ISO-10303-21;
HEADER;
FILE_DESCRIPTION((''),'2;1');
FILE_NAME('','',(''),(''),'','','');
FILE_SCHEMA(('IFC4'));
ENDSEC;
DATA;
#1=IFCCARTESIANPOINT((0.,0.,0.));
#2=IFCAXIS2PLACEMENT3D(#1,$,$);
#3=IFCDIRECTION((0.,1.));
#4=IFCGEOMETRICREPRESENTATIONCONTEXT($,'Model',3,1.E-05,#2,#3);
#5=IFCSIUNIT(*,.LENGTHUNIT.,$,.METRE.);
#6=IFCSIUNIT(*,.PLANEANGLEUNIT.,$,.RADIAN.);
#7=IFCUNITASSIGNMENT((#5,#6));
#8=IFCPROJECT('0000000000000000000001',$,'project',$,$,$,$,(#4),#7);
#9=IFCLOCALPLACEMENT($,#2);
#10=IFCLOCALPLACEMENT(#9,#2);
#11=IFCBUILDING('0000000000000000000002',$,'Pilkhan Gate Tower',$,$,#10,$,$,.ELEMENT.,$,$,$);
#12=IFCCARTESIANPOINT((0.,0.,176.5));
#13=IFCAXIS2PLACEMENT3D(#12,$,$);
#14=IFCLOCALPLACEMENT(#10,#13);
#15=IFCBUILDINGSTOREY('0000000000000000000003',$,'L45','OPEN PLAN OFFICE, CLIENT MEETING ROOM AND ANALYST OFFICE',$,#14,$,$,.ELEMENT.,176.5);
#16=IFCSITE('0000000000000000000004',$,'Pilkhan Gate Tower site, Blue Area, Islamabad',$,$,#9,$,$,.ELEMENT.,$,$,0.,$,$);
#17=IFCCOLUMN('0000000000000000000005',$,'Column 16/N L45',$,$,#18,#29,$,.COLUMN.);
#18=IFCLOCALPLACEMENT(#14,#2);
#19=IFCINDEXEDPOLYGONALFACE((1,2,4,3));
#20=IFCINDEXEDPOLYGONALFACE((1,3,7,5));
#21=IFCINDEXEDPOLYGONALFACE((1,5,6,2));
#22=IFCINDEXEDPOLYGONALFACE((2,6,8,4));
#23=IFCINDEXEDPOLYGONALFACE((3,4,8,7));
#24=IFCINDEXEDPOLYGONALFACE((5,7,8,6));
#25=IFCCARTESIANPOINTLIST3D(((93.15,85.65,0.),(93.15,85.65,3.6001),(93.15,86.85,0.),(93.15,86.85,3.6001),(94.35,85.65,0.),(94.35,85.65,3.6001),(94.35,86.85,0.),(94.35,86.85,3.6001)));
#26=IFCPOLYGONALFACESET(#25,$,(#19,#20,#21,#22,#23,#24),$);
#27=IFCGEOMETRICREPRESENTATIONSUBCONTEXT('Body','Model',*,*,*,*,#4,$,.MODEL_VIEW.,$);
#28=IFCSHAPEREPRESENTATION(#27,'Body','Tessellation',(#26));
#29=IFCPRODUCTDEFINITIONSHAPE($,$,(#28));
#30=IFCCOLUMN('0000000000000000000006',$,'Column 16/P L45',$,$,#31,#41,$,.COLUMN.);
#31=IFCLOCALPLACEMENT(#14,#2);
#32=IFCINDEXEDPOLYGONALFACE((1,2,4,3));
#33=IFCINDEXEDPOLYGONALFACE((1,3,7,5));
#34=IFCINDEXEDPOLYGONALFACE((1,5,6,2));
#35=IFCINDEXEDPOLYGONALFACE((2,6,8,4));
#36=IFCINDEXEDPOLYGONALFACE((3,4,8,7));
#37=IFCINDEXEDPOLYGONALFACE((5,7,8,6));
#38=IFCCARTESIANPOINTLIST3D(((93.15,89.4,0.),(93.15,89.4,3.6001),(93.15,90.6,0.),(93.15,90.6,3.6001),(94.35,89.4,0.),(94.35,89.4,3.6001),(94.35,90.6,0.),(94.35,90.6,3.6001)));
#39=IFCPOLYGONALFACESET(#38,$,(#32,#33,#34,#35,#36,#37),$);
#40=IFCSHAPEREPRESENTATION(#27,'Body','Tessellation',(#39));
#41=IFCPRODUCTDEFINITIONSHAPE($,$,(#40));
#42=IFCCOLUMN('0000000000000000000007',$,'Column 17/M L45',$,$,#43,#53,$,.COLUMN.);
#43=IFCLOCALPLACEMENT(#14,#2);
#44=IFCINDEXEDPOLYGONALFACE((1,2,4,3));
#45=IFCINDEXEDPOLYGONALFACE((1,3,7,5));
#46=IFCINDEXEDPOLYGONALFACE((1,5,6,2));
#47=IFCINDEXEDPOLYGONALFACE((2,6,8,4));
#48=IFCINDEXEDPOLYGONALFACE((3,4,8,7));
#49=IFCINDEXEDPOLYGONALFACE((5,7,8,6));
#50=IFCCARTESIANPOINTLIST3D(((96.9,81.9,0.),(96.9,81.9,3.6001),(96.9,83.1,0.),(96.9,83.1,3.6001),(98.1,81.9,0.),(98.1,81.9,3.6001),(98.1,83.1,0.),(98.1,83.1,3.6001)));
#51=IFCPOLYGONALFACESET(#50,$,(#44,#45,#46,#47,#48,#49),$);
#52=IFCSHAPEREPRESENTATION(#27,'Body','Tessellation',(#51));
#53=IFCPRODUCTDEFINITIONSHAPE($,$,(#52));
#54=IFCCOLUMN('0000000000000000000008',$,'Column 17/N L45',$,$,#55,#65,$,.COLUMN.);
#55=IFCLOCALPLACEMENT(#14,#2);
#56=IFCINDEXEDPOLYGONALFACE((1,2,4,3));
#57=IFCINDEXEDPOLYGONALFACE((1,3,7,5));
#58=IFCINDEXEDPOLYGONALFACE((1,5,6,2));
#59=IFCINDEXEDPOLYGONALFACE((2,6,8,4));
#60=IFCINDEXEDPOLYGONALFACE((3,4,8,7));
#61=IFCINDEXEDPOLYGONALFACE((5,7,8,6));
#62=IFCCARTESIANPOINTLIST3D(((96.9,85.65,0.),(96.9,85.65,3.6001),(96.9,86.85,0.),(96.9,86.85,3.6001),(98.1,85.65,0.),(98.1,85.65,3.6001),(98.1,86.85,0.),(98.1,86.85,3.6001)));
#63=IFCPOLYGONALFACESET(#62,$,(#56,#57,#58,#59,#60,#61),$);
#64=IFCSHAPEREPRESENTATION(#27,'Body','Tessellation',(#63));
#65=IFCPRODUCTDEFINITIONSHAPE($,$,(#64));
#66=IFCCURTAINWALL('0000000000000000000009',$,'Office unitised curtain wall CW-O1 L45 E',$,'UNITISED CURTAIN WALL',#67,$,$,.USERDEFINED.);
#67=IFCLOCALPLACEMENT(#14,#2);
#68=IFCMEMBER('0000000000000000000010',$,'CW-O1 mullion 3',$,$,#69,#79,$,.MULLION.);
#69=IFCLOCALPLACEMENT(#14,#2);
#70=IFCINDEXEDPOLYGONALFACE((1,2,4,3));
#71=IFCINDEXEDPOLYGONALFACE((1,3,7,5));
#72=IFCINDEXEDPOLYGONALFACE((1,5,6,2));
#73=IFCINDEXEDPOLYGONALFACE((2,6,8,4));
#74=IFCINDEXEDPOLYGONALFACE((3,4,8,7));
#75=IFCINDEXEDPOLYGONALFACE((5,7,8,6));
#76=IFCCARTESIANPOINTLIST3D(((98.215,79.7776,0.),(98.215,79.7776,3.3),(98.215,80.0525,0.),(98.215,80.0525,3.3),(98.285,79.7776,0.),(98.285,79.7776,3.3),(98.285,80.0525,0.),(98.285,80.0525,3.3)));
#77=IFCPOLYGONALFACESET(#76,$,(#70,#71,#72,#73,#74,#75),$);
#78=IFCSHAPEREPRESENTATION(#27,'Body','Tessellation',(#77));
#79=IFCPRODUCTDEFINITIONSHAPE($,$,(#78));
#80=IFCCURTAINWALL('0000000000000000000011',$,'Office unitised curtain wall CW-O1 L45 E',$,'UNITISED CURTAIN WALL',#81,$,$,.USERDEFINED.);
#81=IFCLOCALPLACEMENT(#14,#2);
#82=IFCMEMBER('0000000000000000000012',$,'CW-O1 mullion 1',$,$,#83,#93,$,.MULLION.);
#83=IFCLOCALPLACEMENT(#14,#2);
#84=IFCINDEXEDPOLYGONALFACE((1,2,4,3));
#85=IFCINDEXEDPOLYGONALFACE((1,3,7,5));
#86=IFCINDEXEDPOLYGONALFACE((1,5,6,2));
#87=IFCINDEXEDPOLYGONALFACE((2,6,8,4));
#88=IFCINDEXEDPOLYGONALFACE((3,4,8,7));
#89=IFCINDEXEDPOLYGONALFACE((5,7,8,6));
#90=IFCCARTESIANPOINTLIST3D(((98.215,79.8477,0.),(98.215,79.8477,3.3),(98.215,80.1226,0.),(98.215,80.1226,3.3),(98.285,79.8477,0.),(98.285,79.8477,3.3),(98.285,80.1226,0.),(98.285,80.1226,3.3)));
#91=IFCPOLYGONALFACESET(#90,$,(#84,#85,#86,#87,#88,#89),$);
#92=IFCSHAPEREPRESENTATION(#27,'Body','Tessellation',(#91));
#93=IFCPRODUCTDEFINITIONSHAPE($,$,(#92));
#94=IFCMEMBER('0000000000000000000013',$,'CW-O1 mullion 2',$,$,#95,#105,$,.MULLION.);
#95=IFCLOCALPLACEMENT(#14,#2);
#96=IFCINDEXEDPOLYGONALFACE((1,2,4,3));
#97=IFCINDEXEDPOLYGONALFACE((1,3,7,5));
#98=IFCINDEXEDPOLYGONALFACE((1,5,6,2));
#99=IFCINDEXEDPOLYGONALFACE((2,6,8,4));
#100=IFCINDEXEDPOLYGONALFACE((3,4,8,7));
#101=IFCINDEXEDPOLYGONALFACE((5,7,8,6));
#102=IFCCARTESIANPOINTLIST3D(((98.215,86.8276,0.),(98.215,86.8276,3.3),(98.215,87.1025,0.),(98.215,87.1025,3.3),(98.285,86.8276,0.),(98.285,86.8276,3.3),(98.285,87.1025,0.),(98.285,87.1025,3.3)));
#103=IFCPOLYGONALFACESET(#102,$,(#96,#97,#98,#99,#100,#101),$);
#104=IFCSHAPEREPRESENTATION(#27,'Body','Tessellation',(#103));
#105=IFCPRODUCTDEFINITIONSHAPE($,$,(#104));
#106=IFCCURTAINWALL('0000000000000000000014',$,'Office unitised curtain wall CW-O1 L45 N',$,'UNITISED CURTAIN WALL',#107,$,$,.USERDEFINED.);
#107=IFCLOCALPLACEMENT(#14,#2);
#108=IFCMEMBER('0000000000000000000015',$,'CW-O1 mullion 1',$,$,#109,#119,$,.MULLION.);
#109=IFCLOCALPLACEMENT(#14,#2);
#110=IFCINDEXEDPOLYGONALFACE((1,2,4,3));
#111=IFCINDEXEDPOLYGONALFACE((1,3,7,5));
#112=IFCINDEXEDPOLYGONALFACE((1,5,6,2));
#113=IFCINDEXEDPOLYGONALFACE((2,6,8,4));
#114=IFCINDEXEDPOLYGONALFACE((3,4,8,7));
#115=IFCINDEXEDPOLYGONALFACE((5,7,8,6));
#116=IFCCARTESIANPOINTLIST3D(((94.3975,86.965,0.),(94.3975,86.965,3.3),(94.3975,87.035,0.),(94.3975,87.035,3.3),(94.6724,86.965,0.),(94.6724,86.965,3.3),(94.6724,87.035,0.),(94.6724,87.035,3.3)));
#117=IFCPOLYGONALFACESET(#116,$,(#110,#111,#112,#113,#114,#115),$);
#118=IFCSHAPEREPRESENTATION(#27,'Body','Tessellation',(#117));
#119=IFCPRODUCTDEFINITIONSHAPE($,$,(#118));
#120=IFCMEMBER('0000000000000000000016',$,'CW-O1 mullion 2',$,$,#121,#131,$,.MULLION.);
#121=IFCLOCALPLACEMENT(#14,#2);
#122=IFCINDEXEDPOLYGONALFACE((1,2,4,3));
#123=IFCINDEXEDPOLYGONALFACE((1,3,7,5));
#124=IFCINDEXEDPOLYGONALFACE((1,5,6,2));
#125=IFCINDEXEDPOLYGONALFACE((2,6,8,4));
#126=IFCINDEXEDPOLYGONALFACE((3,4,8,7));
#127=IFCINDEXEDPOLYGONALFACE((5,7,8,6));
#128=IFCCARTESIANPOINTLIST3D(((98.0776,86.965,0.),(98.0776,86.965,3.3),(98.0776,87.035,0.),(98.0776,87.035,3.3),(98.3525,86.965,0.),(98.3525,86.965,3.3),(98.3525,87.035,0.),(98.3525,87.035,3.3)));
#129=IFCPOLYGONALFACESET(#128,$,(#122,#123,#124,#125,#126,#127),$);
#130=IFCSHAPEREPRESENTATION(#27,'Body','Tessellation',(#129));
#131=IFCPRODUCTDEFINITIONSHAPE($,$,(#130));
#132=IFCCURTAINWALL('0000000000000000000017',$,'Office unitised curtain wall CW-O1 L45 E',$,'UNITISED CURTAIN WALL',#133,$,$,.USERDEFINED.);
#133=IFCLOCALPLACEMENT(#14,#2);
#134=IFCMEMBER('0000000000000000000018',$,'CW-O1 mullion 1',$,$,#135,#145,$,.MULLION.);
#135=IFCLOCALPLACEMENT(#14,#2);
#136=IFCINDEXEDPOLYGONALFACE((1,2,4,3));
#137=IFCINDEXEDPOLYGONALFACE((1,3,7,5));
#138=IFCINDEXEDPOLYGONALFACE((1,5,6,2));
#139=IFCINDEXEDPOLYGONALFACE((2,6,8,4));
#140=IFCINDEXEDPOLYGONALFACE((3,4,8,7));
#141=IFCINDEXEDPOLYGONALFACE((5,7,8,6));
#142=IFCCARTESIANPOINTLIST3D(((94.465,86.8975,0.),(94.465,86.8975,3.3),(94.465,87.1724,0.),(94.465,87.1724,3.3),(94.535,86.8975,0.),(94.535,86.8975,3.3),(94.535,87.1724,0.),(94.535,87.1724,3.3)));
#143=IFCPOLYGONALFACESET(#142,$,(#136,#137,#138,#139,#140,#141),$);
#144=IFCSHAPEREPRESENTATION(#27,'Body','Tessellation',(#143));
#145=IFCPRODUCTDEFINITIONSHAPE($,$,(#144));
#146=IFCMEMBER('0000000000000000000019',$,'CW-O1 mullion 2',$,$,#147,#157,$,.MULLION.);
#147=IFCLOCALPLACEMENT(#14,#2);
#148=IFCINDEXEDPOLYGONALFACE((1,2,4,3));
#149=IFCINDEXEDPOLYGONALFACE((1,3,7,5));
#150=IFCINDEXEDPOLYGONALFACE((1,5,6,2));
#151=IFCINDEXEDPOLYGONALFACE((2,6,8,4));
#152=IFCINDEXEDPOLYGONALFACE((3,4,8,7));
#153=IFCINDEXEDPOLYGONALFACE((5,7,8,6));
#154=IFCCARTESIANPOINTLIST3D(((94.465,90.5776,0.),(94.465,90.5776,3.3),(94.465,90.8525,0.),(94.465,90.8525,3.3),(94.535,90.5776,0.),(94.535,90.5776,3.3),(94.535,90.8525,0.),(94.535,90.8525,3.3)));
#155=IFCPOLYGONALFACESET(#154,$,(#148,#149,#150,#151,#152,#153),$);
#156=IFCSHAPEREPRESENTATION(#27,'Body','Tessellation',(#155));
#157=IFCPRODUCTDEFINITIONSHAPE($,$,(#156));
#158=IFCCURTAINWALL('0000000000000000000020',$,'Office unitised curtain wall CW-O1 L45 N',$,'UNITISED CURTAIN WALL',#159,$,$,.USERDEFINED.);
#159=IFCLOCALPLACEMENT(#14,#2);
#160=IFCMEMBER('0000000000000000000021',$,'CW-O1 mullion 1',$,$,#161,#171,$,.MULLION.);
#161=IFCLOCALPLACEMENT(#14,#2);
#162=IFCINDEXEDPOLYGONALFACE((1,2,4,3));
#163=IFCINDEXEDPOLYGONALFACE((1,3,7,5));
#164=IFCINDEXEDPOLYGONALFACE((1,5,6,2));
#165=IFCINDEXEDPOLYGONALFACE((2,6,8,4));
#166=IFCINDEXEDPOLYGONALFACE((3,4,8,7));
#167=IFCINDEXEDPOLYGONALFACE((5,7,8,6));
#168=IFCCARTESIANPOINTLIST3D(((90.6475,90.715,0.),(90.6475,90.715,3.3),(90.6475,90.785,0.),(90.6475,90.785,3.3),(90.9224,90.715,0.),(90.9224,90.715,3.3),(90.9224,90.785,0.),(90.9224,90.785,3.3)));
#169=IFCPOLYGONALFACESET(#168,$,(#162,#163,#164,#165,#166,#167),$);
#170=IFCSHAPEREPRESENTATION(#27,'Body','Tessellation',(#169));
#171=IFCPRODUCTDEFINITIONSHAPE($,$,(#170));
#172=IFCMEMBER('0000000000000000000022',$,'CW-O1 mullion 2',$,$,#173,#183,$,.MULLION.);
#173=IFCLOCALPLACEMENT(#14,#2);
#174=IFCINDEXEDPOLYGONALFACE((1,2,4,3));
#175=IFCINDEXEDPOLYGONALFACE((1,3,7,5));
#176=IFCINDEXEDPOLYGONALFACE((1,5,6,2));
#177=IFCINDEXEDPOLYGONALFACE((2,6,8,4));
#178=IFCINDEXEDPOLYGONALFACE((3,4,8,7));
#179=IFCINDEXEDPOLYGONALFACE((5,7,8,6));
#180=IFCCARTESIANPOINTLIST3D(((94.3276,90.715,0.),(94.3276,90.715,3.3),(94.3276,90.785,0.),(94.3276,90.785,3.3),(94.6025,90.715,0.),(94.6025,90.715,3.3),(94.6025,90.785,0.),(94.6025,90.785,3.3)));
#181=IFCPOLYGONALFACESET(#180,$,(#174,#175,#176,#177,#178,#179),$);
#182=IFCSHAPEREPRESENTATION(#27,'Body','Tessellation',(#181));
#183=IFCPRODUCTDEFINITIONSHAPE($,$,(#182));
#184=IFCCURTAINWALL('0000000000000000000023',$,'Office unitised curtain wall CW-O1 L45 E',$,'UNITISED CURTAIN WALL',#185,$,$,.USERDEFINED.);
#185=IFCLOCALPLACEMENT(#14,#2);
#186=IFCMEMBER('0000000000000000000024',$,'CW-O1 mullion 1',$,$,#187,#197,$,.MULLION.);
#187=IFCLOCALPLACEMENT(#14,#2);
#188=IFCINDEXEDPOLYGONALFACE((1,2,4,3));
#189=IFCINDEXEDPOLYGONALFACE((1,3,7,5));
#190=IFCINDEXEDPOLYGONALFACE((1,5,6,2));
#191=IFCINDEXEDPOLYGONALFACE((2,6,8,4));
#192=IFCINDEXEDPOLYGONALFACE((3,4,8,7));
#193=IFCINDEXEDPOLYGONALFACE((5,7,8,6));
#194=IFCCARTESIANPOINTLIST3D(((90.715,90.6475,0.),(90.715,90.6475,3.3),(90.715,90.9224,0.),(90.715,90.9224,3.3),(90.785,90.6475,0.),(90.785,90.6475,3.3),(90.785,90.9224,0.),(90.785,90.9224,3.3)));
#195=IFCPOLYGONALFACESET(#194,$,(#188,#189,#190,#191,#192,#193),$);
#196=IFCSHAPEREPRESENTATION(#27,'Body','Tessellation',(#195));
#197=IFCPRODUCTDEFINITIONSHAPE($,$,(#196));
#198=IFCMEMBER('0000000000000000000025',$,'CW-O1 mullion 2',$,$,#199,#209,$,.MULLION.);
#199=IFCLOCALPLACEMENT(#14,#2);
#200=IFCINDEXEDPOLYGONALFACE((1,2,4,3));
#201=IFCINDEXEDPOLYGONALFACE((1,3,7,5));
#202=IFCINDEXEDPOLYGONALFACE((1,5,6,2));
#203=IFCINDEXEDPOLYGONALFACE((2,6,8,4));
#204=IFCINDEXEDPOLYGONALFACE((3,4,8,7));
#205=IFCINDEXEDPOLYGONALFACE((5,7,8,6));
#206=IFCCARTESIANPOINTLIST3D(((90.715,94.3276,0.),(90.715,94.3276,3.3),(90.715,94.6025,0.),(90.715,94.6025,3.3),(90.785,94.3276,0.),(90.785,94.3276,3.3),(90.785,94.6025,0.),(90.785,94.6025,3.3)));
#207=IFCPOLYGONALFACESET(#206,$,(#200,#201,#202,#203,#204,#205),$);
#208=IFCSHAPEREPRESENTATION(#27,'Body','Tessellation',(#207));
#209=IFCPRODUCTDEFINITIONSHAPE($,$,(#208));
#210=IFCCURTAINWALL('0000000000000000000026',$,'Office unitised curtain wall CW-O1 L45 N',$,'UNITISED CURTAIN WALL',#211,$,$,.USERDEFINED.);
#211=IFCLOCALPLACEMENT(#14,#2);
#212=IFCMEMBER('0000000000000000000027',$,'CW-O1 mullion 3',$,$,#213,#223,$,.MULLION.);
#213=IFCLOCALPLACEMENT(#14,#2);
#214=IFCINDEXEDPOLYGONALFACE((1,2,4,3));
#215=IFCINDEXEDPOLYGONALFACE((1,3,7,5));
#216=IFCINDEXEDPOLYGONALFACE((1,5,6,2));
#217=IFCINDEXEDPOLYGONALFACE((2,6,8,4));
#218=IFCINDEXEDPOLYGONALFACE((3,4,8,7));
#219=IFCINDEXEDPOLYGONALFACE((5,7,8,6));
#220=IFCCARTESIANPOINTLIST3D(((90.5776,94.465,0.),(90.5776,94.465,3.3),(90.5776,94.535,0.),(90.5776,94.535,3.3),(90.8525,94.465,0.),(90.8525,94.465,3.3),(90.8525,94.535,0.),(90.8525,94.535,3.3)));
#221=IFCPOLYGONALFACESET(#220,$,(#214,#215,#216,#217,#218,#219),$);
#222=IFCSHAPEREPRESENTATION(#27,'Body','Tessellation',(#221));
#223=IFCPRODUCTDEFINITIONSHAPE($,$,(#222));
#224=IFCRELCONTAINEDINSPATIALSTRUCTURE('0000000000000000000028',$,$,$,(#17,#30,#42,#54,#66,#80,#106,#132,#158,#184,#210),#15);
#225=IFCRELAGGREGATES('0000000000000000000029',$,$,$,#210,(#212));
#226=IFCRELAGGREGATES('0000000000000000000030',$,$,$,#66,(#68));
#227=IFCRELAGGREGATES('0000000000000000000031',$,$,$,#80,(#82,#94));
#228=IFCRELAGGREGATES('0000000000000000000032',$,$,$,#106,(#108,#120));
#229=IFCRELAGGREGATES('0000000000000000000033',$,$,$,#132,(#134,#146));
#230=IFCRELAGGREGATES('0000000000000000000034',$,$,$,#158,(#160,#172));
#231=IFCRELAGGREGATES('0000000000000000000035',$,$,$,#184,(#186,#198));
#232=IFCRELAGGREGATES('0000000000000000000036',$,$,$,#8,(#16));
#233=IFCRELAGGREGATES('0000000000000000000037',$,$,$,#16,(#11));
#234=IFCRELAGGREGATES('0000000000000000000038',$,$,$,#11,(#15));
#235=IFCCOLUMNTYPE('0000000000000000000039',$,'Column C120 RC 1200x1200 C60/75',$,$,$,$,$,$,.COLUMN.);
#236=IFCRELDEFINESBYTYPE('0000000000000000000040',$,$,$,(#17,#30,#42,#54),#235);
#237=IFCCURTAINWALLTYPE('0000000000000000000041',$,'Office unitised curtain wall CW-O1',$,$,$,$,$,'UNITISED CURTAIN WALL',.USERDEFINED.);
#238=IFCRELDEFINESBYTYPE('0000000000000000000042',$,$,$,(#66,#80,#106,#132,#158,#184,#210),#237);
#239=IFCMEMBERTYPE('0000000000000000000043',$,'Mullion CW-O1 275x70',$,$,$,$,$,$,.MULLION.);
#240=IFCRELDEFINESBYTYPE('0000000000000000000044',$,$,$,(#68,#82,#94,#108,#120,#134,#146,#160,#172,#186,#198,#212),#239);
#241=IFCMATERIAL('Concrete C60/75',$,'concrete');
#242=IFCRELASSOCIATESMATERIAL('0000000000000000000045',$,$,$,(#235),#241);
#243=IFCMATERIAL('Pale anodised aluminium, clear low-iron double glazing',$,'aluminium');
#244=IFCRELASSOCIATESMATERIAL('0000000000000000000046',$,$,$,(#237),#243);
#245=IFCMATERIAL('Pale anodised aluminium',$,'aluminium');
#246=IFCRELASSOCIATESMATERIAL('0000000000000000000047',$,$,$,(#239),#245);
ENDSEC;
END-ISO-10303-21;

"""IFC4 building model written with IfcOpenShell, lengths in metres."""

from ifc_helpers import new_model, si_unit, direction, frame, origin, origin_2d, place, context, subcontext, project, spatial, rectangle, extrude, material, material_profile, profile_set, type_object, element, aggregate, save


model = new_model("IFC4")

# Units and contexts
model_context = context("Model", 3, precision=1e-05, world=origin(), true_north=direction((0.0, 1.0)))
body_context = subcontext(model_context, "Body", "Model", "MODEL_VIEW")
ifc_project = project(units=[si_unit("LENGTHUNIT", "METRE"), si_unit("PLANEANGLEUNIT", "RADIAN")], contexts=[model_context])

# Site, building, storey
site_placement = place(None, origin())
site = spatial("IfcSite", under=ifc_project, at=site_placement, Name="Pilkhan Gate Tower site, Blue Area, Islamabad", CompositionType="ELEMENT", RefElevation=0.0)
building_placement = place(site_placement, origin())
building = spatial("IfcBuilding", under=site, at=building_placement, Name="Pilkhan Gate Tower", CompositionType="ELEMENT")
storey_placement = place(building_placement, frame((0.0, 0.0, 176.5)))
storey = spatial("IfcBuildingStorey", under=building, at=storey_placement, Name="L45", Description="OPEN PLAN OFFICE, CLIENT MEETING ROOM AND ANALYST OFFICE", CompositionType="ELEMENT", Elevation=176.5)

# Columns
ifc_material_1 = material(Name="Concrete C60/75", Category="concrete")
ifc_material_profile_1 = material_profile(ifc_material_1, rectangle(XDim=1.2, YDim=1.2, at=origin_2d()), Name="RC 1200x1200")
ifc_profile_set_1 = profile_set([ifc_material_profile_1], Name="Concrete C60/75")
column_type = type_object("IfcColumnType", Name="Column C120 RC 1200x1200 C60/75", PredefinedType="COLUMN", material=ifc_profile_set_1)
for number, where, z_axis, x_axis, name in (
    (1, (93.75, 86.25, 0.0), (0.0, 0.0, 1.0), (1.0, 0.0, 0.0), "Column 16/N L45"),
    (2, (93.75, 90.0, 0.0), (0.0, 0.0, 1.0), (1.0, 0.0, 0.0), "Column 16/P L45"),
    (3, (97.5, 82.5, 0.0), (0.0, 0.0, 1.0), (1.0, 0.0, 0.0), "Column 17/M L45"),
    (4, (97.5, 86.25, 0.0), (0.0, 0.0, 1.0), (1.0, 0.0, 0.0), "Column 17/N L45"),
):
    element("IfcColumn", number, at=place(storey_placement, frame(where, z_axis=z_axis, x_axis=x_axis)), inside=storey, type_object=column_type, Name=name, PredefinedType="COLUMN", context=body_context, shape_type="SweptSolid", body=[
        extrude(rectangle(XDim=1.2, YDim=1.2, at=origin_2d()), origin(), (0.0, 0.0, 1.0), 3.6001),
    ])

# Curtain wall, member
ifc_material_2 = material(Name="Pale anodised aluminium, clear low-iron double glazing", Category="aluminium")
curtain_wall_type = type_object("IfcCurtainWallType", Name="Office unitised curtain wall CW-O1", ElementType="UNITISED CURTAIN WALL", PredefinedType="USERDEFINED", material=ifc_material_2)
curtain_wall_1_placement = place(storey_placement, origin())
curtain_wall_1 = element("IfcCurtainWall", 5, at=curtain_wall_1_placement, inside=storey, type_object=curtain_wall_type, Name="Office unitised curtain wall CW-O1 L45 E", ObjectType="UNITISED CURTAIN WALL", PredefinedType="USERDEFINED")
ifc_material_3 = material(Name="Pale anodised aluminium", Category="aluminium")
ifc_material_profile_2 = material_profile(ifc_material_3, rectangle(XDim=0.0701, YDim=0.2749, at=origin_2d()), Name="Mullion 275x70")
ifc_profile_set_2 = profile_set([ifc_material_profile_2], Name="Pale anodised aluminium")
member_type_1 = type_object("IfcMemberType", Name="Mullion CW-O1 275x70", PredefinedType="MULLION", material=ifc_profile_set_2)
member_1_placement = place(storey_placement, frame((98.25, 79.915, 0.0), z_axis=(0.0, 0.0, 1.0), x_axis=(-1.0, 0.0, 0.0)))
member_1 = element("IfcMember", 6, at=member_1_placement, type_object=member_type_1, Name="CW-O1 mullion 3", PredefinedType="MULLION", context=body_context, shape_type="SweptSolid", body=[
    extrude(rectangle(XDim=0.0701, YDim=0.2749, at=origin_2d()), origin(), (0.0, 0.0, 1.0), 3.3),
])

# Curtain walls, members
curtain_wall_2_placement = place(storey_placement, origin())
curtain_wall_2 = element("IfcCurtainWall", 7, at=curtain_wall_2_placement, inside=storey, type_object=curtain_wall_type, Name="Office unitised curtain wall CW-O1 L45 E", ObjectType="UNITISED CURTAIN WALL", PredefinedType="USERDEFINED")
member_2_placement = place(storey_placement, frame((98.25, 79.9851, 0.0), z_axis=(0.0, 0.0, 1.0), x_axis=(-1.0, 0.0, 0.0)))
member_2 = element("IfcMember", 8, at=member_2_placement, type_object=member_type_1, Name="CW-O1 mullion 1", PredefinedType="MULLION", context=body_context, shape_type="SweptSolid", body=[
    extrude(rectangle(XDim=0.0701, YDim=0.2749, at=origin_2d()), origin(), (0.0, 0.0, 1.0), 3.3),
])
member_3_placement = place(storey_placement, frame((98.25, 86.9651, 0.0), z_axis=(0.0, 0.0, 1.0), x_axis=(-1.0, 0.0, 0.0)))
member_3 = element("IfcMember", 9, at=member_3_placement, type_object=member_type_1, Name="CW-O1 mullion 2", PredefinedType="MULLION", context=body_context, shape_type="SweptSolid", body=[
    extrude(rectangle(XDim=0.0701, YDim=0.2749, at=origin_2d()), origin(), (0.0, 0.0, 1.0), 3.3),
])
curtain_wall_3_placement = place(storey_placement, origin())
curtain_wall_3 = element("IfcCurtainWall", 10, at=curtain_wall_3_placement, inside=storey, type_object=curtain_wall_type, Name="Office unitised curtain wall CW-O1 L45 N", ObjectType="UNITISED CURTAIN WALL", PredefinedType="USERDEFINED")
member_4_placement = place(storey_placement, frame((94.5349, 87.0, 0.0), z_axis=(0.0, 0.0, 1.0), x_axis=(0.0, 1.0, 0.0)))
member_4 = element("IfcMember", 11, at=member_4_placement, type_object=member_type_1, Name="CW-O1 mullion 1", PredefinedType="MULLION", context=body_context, shape_type="SweptSolid", body=[
    extrude(rectangle(XDim=0.0701, YDim=0.2749, at=origin_2d()), origin(), (0.0, 0.0, 1.0), 3.3),
])
member_5_placement = place(storey_placement, frame((98.2151, 87.0, 0.0), z_axis=(0.0, 0.0, 1.0), x_axis=(0.0, 1.0, 0.0)))
member_5 = element("IfcMember", 12, at=member_5_placement, type_object=member_type_1, Name="CW-O1 mullion 2", PredefinedType="MULLION", context=body_context, shape_type="SweptSolid", body=[
    extrude(rectangle(XDim=0.0701, YDim=0.2749, at=origin_2d()), origin(), (0.0, 0.0, 1.0), 3.3),
])
curtain_wall_4_placement = place(storey_placement, origin())
curtain_wall_4 = element("IfcCurtainWall", 13, at=curtain_wall_4_placement, inside=storey, type_object=curtain_wall_type, Name="Office unitised curtain wall CW-O1 L45 E", ObjectType="UNITISED CURTAIN WALL", PredefinedType="USERDEFINED")
member_6_placement = place(storey_placement, frame((94.5, 87.0349, 0.0), z_axis=(0.0, 0.0, 1.0), x_axis=(-1.0, 0.0, 0.0)))
member_6 = element("IfcMember", 14, at=member_6_placement, type_object=member_type_1, Name="CW-O1 mullion 1", PredefinedType="MULLION", context=body_context, shape_type="SweptSolid", body=[
    extrude(rectangle(XDim=0.0701, YDim=0.2749, at=origin_2d()), origin(), (0.0, 0.0, 1.0), 3.3),
])
member_7_placement = place(storey_placement, frame((94.5, 90.7151, 0.0), z_axis=(0.0, 0.0, 1.0), x_axis=(-1.0, 0.0, 0.0)))
member_7 = element("IfcMember", 15, at=member_7_placement, type_object=member_type_1, Name="CW-O1 mullion 2", PredefinedType="MULLION", context=body_context, shape_type="SweptSolid", body=[
    extrude(rectangle(XDim=0.0701, YDim=0.2749, at=origin_2d()), origin(), (0.0, 0.0, 1.0), 3.3),
])
curtain_wall_5_placement = place(storey_placement, origin())
curtain_wall_5 = element("IfcCurtainWall", 16, at=curtain_wall_5_placement, inside=storey, type_object=curtain_wall_type, Name="Office unitised curtain wall CW-O1 L45 N", ObjectType="UNITISED CURTAIN WALL", PredefinedType="USERDEFINED")
member_8_placement = place(storey_placement, frame((90.7849, 90.75, 0.0), z_axis=(0.0, 0.0, 1.0), x_axis=(0.0, 1.0, 0.0)))
member_8 = element("IfcMember", 17, at=member_8_placement, type_object=member_type_1, Name="CW-O1 mullion 1", PredefinedType="MULLION", context=body_context, shape_type="SweptSolid", body=[
    extrude(rectangle(XDim=0.0701, YDim=0.2749, at=origin_2d()), origin(), (0.0, 0.0, 1.0), 3.3),
])
member_9_placement = place(storey_placement, frame((94.4651, 90.75, 0.0), z_axis=(0.0, 0.0, 1.0), x_axis=(0.0, 1.0, 0.0)))
member_9 = element("IfcMember", 18, at=member_9_placement, type_object=member_type_1, Name="CW-O1 mullion 2", PredefinedType="MULLION", context=body_context, shape_type="SweptSolid", body=[
    extrude(rectangle(XDim=0.0701, YDim=0.2749, at=origin_2d()), origin(), (0.0, 0.0, 1.0), 3.3),
])
curtain_wall_6_placement = place(storey_placement, origin())
curtain_wall_6 = element("IfcCurtainWall", 19, at=curtain_wall_6_placement, inside=storey, type_object=curtain_wall_type, Name="Office unitised curtain wall CW-O1 L45 E", ObjectType="UNITISED CURTAIN WALL", PredefinedType="USERDEFINED")
member_10_placement = place(storey_placement, frame((90.75, 90.7849, 0.0), z_axis=(0.0, 0.0, 1.0), x_axis=(-1.0, 0.0, 0.0)))
member_10 = element("IfcMember", 20, at=member_10_placement, type_object=member_type_1, Name="CW-O1 mullion 1", PredefinedType="MULLION", context=body_context, shape_type="SweptSolid", body=[
    extrude(rectangle(XDim=0.0701, YDim=0.2749, at=origin_2d()), origin(), (0.0, 0.0, 1.0), 3.3),
])
member_11_placement = place(storey_placement, frame((90.75, 94.4651, 0.0), z_axis=(0.0, 0.0, 1.0), x_axis=(-1.0, 0.0, 0.0)))
member_11 = element("IfcMember", 21, at=member_11_placement, type_object=member_type_1, Name="CW-O1 mullion 2", PredefinedType="MULLION", context=body_context, shape_type="SweptSolid", body=[
    extrude(rectangle(XDim=0.0701, YDim=0.2749, at=origin_2d()), origin(), (0.0, 0.0, 1.0), 3.3),
])

# Curtain wall, member
curtain_wall_7_placement = place(storey_placement, origin())
curtain_wall_7 = element("IfcCurtainWall", 22, at=curtain_wall_7_placement, inside=storey, type_object=curtain_wall_type, Name="Office unitised curtain wall CW-O1 L45 N", ObjectType="UNITISED CURTAIN WALL", PredefinedType="USERDEFINED")
member_12_placement = place(storey_placement, frame((90.7151, 94.5, 0.0), z_axis=(0.0, 0.0, 1.0), x_axis=(0.0, 1.0, 0.0)))
member_12 = element("IfcMember", 23, at=member_12_placement, type_object=member_type_1, Name="CW-O1 mullion 3", PredefinedType="MULLION", context=body_context, shape_type="SweptSolid", body=[
    extrude(rectangle(XDim=0.0701, YDim=0.2749, at=origin_2d()), origin(), (0.0, 0.0, 1.0), 3.3),
])
aggregate(curtain_wall_7, [member_12])

aggregate(curtain_wall_1, [member_1])
aggregate(curtain_wall_2, [member_2, member_3])
aggregate(curtain_wall_3, [member_4, member_5])
aggregate(curtain_wall_4, [member_6, member_7])
aggregate(curtain_wall_5, [member_8, member_9])
aggregate(curtain_wall_6, [member_10, member_11])

save(model, "model.ifc")
